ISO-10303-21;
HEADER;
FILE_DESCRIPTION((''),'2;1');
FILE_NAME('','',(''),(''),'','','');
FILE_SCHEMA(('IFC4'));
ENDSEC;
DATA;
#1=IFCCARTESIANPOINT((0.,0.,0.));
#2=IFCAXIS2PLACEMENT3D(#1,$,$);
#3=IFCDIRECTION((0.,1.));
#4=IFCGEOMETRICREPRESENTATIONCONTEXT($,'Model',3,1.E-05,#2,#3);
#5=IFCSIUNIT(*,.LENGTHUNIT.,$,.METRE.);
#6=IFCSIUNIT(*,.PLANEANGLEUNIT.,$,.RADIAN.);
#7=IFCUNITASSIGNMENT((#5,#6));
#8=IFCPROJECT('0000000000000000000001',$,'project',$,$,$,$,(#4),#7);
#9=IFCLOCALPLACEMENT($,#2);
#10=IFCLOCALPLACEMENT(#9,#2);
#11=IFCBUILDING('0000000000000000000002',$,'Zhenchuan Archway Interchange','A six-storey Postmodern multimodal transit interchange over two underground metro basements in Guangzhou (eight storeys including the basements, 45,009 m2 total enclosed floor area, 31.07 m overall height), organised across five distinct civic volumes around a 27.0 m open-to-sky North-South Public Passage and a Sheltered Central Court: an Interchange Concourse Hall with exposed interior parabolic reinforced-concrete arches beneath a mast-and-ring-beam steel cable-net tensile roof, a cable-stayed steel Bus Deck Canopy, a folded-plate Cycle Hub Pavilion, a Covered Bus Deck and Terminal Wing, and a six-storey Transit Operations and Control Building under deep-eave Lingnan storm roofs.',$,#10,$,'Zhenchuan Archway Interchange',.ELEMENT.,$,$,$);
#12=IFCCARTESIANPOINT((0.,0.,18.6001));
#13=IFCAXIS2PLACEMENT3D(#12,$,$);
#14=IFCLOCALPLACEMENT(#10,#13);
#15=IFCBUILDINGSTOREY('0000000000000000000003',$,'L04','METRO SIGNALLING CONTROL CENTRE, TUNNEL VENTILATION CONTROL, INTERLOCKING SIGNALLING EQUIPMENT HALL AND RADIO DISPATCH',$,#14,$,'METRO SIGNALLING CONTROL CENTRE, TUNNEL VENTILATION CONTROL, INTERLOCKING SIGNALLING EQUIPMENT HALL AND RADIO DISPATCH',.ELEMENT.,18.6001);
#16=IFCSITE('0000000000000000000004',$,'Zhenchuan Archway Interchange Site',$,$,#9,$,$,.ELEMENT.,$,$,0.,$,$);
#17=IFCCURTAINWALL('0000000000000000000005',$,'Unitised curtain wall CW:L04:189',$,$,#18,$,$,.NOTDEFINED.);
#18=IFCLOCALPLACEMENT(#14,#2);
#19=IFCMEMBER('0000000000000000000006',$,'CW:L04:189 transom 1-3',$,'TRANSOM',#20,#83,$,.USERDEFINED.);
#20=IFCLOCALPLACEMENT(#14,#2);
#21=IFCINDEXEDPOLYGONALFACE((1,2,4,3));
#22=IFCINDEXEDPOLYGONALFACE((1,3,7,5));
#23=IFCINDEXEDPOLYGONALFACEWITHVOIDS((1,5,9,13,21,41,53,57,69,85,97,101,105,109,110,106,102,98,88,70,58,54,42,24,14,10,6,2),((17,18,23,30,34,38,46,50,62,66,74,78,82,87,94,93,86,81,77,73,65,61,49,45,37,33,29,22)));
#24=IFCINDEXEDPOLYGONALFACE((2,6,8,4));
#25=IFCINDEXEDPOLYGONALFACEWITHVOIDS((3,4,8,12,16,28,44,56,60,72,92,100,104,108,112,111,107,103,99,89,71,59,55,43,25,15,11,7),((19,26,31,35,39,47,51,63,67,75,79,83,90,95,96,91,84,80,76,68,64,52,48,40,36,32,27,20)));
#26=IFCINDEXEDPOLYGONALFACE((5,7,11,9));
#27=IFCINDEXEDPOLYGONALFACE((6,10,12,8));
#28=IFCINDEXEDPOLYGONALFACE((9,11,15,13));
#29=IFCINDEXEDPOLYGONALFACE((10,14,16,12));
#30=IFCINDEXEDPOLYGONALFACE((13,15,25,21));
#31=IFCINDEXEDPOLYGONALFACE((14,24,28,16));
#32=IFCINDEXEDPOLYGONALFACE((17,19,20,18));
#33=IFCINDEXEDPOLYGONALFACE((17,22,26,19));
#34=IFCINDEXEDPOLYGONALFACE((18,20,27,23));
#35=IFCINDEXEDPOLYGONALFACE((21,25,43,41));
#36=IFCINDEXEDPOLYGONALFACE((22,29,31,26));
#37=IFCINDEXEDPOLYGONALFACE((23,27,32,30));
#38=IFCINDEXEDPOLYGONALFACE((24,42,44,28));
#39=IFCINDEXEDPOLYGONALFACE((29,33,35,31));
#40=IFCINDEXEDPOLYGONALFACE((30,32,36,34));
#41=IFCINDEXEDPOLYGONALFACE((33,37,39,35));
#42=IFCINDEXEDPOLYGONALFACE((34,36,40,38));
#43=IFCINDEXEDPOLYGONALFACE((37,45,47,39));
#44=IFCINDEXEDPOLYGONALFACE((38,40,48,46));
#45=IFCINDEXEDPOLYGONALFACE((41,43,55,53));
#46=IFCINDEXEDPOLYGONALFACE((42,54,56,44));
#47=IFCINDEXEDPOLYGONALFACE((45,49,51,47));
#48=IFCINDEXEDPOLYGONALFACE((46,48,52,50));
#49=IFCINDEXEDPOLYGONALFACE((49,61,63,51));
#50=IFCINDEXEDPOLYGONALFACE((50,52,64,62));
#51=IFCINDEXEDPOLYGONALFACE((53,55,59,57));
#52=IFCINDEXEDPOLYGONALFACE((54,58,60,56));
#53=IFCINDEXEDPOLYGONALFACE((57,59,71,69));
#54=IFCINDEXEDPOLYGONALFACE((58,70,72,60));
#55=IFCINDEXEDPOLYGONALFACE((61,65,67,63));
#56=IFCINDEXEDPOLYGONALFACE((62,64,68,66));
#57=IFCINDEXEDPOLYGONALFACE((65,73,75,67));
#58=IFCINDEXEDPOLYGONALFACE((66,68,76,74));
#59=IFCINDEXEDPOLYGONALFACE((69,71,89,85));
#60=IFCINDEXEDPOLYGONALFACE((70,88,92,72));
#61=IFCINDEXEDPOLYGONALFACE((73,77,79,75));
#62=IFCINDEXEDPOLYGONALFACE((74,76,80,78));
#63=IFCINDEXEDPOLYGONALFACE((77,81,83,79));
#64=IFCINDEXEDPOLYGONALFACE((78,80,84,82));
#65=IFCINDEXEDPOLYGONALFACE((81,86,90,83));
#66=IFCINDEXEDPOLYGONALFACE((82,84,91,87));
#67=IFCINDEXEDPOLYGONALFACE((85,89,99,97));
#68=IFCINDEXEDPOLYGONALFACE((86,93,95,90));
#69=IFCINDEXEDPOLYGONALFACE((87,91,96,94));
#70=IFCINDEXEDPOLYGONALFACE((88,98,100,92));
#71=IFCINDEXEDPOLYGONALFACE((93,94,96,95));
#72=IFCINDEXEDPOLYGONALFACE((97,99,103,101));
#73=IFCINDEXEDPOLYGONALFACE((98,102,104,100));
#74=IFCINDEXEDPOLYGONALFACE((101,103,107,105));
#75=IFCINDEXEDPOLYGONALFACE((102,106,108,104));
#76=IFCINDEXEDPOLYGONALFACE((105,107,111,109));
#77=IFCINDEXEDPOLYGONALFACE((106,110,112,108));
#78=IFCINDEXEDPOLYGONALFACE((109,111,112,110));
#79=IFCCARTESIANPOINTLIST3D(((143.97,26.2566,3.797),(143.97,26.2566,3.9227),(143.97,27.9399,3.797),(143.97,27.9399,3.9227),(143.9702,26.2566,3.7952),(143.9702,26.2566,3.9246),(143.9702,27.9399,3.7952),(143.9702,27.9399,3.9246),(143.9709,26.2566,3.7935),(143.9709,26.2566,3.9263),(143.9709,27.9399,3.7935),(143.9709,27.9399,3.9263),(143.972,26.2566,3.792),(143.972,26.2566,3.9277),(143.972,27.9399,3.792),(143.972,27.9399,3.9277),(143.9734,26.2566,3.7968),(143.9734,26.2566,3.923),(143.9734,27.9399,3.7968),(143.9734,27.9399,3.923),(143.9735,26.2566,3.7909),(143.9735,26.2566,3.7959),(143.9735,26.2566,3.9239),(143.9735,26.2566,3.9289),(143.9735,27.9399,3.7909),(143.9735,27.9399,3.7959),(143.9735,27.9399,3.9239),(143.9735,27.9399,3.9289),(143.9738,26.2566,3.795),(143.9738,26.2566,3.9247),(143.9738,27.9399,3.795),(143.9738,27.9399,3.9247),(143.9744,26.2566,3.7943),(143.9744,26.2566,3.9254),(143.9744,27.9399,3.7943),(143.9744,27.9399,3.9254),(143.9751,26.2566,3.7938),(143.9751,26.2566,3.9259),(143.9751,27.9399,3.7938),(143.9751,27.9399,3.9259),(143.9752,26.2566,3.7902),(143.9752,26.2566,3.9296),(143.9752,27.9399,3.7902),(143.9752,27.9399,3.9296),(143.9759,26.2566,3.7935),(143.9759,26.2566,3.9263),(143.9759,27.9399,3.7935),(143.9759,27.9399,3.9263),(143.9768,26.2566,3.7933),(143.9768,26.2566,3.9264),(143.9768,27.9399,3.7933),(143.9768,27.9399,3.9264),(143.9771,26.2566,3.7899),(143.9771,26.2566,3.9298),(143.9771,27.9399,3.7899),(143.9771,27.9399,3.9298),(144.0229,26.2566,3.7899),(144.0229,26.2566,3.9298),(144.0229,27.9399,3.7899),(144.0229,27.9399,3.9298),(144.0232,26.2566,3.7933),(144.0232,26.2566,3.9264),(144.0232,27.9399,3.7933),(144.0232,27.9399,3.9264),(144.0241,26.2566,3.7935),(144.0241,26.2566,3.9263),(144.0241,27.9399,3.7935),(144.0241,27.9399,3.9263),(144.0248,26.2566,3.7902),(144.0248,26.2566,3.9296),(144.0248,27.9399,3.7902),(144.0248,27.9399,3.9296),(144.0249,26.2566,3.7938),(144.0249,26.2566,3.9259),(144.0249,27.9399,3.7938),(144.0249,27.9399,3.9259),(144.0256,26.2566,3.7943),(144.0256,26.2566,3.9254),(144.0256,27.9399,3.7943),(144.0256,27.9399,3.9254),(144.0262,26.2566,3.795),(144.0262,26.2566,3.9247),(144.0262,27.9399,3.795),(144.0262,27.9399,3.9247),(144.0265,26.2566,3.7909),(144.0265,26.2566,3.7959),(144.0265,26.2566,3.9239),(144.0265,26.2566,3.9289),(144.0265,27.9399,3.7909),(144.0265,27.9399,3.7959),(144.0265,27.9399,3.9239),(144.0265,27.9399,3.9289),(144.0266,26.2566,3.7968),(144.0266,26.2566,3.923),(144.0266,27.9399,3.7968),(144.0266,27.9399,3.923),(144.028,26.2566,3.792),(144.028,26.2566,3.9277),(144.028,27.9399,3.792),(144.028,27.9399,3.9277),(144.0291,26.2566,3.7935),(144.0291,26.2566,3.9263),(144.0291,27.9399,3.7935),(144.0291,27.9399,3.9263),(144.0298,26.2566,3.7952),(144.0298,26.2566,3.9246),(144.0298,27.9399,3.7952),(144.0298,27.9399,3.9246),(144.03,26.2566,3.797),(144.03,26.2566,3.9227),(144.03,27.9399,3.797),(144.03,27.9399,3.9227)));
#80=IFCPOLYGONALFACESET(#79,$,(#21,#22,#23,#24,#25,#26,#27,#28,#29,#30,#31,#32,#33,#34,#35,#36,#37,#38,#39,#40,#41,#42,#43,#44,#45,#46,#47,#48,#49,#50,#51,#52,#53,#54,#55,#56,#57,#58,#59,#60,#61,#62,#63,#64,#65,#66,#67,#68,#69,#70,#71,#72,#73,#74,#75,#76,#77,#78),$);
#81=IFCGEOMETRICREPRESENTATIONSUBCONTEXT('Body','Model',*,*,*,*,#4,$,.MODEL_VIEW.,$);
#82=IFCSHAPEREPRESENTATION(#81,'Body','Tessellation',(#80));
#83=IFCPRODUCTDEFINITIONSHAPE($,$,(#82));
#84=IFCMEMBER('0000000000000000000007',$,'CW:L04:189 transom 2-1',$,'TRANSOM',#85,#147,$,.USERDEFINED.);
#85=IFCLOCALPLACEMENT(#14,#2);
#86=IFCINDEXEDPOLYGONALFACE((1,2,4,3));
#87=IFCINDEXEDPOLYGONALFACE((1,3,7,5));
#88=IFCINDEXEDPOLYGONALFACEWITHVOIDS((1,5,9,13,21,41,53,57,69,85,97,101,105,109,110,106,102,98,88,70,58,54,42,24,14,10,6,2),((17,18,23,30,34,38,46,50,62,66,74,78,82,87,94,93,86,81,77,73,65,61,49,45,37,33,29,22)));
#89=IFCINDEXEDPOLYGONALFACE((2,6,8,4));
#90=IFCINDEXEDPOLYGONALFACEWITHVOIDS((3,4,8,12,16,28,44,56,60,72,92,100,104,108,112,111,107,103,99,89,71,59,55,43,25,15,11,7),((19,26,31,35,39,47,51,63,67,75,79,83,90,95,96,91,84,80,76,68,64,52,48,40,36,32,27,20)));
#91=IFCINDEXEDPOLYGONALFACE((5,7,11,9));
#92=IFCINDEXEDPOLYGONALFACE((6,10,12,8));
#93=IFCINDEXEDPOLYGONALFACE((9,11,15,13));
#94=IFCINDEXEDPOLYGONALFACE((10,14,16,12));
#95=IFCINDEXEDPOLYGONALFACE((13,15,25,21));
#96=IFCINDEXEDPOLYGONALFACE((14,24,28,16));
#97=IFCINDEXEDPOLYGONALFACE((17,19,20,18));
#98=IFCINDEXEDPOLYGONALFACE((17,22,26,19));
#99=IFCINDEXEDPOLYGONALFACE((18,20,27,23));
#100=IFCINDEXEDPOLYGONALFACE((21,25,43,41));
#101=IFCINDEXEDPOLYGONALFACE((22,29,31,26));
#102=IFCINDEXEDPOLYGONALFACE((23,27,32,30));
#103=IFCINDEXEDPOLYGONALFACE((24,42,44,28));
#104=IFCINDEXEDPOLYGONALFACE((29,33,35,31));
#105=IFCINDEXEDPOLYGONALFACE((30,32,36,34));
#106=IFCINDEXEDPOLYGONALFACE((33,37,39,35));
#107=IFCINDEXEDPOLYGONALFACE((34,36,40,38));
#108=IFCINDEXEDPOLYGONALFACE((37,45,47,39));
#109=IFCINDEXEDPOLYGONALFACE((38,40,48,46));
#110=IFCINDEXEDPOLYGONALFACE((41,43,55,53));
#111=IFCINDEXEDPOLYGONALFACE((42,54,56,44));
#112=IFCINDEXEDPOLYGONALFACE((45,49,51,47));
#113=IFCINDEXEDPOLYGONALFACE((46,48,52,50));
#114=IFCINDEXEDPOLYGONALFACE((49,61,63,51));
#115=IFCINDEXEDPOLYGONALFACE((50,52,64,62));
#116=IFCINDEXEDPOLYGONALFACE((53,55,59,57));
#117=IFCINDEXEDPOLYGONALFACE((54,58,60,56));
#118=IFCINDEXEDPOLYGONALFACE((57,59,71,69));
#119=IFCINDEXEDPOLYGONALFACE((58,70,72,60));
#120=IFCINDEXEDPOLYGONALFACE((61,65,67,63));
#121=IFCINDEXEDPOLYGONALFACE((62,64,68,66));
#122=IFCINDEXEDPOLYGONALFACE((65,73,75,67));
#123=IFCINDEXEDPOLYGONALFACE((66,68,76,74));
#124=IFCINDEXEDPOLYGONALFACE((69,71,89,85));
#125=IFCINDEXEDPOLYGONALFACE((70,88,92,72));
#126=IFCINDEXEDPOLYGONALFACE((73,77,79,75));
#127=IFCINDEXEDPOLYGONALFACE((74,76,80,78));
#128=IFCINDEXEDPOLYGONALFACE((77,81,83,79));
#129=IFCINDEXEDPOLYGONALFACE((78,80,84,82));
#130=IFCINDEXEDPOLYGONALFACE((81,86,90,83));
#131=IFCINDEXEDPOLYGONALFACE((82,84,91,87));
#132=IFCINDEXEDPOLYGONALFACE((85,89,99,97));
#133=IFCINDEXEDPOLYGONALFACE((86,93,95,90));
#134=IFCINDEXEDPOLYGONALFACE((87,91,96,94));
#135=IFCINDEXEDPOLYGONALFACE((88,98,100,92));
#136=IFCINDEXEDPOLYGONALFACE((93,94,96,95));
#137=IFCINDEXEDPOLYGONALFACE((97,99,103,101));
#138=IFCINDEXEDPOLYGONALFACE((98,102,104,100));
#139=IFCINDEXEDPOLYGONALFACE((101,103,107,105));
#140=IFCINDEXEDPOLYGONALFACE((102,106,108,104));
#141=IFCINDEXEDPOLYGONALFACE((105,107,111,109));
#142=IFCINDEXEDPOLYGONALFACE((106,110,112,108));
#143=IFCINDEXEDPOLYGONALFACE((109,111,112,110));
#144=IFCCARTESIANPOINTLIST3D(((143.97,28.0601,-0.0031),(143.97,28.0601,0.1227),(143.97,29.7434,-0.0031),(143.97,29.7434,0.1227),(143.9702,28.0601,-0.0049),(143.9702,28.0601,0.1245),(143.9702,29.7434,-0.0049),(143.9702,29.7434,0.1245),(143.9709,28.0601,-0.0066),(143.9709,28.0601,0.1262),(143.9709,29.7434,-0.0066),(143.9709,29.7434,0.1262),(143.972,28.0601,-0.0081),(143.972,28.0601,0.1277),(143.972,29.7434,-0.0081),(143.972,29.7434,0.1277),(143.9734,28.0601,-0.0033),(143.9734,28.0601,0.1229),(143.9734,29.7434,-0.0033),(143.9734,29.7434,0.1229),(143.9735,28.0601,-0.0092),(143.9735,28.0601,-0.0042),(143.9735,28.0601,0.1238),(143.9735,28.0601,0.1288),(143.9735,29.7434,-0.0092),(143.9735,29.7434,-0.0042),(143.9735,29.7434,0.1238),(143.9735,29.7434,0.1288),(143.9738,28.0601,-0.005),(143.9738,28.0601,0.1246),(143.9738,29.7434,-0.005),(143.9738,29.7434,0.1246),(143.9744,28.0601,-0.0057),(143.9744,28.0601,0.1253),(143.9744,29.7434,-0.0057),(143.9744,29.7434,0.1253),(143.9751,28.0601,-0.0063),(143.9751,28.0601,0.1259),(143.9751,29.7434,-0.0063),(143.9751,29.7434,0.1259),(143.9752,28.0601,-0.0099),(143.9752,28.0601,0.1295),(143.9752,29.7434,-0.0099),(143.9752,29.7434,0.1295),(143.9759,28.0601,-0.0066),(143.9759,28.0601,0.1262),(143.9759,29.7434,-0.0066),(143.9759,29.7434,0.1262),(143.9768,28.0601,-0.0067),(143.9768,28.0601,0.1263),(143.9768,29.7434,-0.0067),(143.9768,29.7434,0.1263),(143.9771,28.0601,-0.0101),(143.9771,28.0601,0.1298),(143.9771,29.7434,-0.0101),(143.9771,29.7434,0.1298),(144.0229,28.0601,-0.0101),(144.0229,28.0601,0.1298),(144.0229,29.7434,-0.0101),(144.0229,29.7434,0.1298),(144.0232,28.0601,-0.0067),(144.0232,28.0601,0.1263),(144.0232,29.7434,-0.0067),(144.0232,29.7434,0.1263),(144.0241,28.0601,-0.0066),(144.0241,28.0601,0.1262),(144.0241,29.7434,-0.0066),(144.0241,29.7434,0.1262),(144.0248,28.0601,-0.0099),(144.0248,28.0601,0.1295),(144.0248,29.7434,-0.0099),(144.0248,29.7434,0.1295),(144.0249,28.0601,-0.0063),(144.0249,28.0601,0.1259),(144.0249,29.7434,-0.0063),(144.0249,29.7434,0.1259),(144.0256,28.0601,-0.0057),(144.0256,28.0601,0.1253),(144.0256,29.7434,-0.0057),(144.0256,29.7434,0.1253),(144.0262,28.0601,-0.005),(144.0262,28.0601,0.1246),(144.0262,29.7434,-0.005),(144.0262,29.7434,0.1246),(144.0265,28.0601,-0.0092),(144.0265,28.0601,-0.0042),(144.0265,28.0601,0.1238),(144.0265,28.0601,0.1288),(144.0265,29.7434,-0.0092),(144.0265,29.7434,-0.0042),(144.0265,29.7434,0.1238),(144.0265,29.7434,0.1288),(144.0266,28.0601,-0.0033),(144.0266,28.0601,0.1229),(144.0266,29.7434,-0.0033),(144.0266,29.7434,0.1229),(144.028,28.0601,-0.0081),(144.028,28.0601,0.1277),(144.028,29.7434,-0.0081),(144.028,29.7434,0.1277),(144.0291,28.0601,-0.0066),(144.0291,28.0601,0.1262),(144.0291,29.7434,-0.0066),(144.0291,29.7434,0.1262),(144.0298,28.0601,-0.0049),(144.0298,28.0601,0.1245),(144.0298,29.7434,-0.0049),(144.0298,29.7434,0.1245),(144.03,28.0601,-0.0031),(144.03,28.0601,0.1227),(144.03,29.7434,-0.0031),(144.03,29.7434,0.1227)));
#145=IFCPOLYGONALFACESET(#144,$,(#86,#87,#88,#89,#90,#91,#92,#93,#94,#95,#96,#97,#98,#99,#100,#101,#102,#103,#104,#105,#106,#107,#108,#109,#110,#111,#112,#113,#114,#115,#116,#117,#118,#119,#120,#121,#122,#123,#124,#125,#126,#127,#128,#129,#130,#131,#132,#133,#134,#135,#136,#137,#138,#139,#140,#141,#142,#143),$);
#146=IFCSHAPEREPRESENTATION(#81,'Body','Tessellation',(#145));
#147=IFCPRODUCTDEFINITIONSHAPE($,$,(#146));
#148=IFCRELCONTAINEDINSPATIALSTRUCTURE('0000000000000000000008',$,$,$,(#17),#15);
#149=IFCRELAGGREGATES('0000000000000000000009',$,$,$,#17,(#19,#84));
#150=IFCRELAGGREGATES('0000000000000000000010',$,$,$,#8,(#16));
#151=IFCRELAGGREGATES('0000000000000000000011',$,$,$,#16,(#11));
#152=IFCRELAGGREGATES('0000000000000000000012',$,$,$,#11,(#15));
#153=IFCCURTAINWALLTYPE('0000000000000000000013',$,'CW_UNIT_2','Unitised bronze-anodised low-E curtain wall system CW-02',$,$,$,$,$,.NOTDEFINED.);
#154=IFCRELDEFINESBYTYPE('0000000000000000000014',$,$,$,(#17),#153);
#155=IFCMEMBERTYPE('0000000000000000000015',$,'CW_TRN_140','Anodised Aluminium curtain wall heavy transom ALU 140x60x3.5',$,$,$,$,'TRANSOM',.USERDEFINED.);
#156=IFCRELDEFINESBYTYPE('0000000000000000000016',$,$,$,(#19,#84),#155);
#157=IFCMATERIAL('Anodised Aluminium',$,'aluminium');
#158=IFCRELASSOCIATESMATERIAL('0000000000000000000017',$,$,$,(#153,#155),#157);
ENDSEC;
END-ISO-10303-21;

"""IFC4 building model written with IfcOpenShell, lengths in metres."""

from ifc_helpers import new_model, si_unit, direction, frame, origin, origin_2d, place, context, subcontext, project, spatial, hollow_rectangle, extrude, material, material_profile, profile_set, type_object, element, aggregate, save


model = new_model("IFC4")

# Units and contexts
model_context = context("Model", 3, precision=1e-05, world=origin(), true_north=direction((0.0, 1.0)))
body_context = subcontext(model_context, "Body", "Model", "MODEL_VIEW")
ifc_project = project(units=[si_unit("LENGTHUNIT", "METRE"), si_unit("PLANEANGLEUNIT", "RADIAN")], contexts=[model_context])

# Site, building, storey
site_placement = place(None, origin())
site = spatial("IfcSite", under=ifc_project, at=site_placement, Name="Zhenchuan Archway Interchange Site", CompositionType="ELEMENT", RefElevation=0.0)
building_placement = place(site_placement, origin())
building = spatial("IfcBuilding", under=site, at=building_placement, Name="Zhenchuan Archway Interchange", Description="A six-storey Postmodern multimodal transit interchange over two underground metro basements in Guangzhou (eight storeys including the basements, 45,009 m2 total enclosed floor area, 31.07 m overall height), organised across five distinct civic volumes around a 27.0 m open-to-sky North-South Public Passage and a Sheltered Central Court: an Interchange Concourse Hall with exposed interior parabolic reinforced-concrete arches beneath a mast-and-ring-beam steel cable-net tensile roof, a cable-stayed steel Bus Deck Canopy, a folded-plate Cycle Hub Pavilion, a Covered Bus Deck and Terminal Wing, and a six-storey Transit Operations and Control Building under deep-eave Lingnan storm roofs.", LongName="Zhenchuan Archway Interchange", CompositionType="ELEMENT")
storey_placement = place(building_placement, frame((0.0, 0.0, 18.6001)))
storey = spatial("IfcBuildingStorey", under=building, at=storey_placement, Name="L04", Description="METRO SIGNALLING CONTROL CENTRE, TUNNEL VENTILATION CONTROL, INTERLOCKING SIGNALLING EQUIPMENT HALL AND RADIO DISPATCH", LongName="METRO SIGNALLING CONTROL CENTRE, TUNNEL VENTILATION CONTROL, INTERLOCKING SIGNALLING EQUIPMENT HALL AND RADIO DISPATCH", CompositionType="ELEMENT", Elevation=18.6001)

# Curtain wall, members
ifc_material_1 = material(Name="Anodised Aluminium", Category="aluminium")
curtain_wall_type = type_object("IfcCurtainWallType", Name="CW_UNIT_2", Description="Unitised bronze-anodised low-E curtain wall system CW-02", PredefinedType="NOTDEFINED", material=ifc_material_1)
curtain_wall_placement = place(storey_placement, origin())
curtain_wall = element("IfcCurtainWall", 1, at=curtain_wall_placement, inside=storey, type_object=curtain_wall_type, Name="Unitised curtain wall CW:L04:189", PredefinedType="NOTDEFINED")
ifc_material_profile_1 = material_profile(ifc_material_1, hollow_rectangle(XDim=0.0601, YDim=0.1399, WallThickness=0.0034, InnerFilletRadius=0.0034, OuterFilletRadius=0.0071, at=origin_2d()), Name="ALU 140x60x3.5")
ifc_profile_set_1 = profile_set([ifc_material_profile_1], Name="Anodised Aluminium")
member_type_1 = type_object("IfcMemberType", Name="CW_TRN_140", Description="Anodised Aluminium curtain wall heavy transom ALU 140x60x3.5", ElementType="TRANSOM", PredefinedType="USERDEFINED", material=ifc_profile_set_1)
member_1_placement = place(storey_placement, frame((144.0, 26.2566, 3.8599), z_axis=(0.0, 1.0, 0.0), x_axis=(-1.0, 0.0, 0.0)))
member_1 = element("IfcMember", 2, at=member_1_placement, type_object=member_type_1, Name="CW:L04:189 transom 1-3", ObjectType="TRANSOM", PredefinedType="USERDEFINED", context=body_context, shape_type="SweptSolid", body=[
    extrude(hollow_rectangle(XDim=0.0601, YDim=0.1399, WallThickness=0.0034, InnerFilletRadius=0.0034, OuterFilletRadius=0.0071, at=origin_2d()), origin(), (0.0, 0.0, 1.0), 1.6833),
])
member_2_placement = place(storey_placement, frame((144.0, 28.0601, 0.0598), z_axis=(0.0, 1.0, 0.0), x_axis=(-1.0, 0.0, 0.0)))
member_2 = element("IfcMember", 3, at=member_2_placement, type_object=member_type_1, Name="CW:L04:189 transom 2-1", ObjectType="TRANSOM", PredefinedType="USERDEFINED", context=body_context, shape_type="SweptSolid", body=[
    extrude(hollow_rectangle(XDim=0.0601, YDim=0.1399, WallThickness=0.0034, InnerFilletRadius=0.0034, OuterFilletRadius=0.0071, at=origin_2d()), origin(), (0.0, 0.0, 1.0), 1.6833),
])

aggregate(curtain_wall, [member_1, member_2])

save(model, "model.ifc")
